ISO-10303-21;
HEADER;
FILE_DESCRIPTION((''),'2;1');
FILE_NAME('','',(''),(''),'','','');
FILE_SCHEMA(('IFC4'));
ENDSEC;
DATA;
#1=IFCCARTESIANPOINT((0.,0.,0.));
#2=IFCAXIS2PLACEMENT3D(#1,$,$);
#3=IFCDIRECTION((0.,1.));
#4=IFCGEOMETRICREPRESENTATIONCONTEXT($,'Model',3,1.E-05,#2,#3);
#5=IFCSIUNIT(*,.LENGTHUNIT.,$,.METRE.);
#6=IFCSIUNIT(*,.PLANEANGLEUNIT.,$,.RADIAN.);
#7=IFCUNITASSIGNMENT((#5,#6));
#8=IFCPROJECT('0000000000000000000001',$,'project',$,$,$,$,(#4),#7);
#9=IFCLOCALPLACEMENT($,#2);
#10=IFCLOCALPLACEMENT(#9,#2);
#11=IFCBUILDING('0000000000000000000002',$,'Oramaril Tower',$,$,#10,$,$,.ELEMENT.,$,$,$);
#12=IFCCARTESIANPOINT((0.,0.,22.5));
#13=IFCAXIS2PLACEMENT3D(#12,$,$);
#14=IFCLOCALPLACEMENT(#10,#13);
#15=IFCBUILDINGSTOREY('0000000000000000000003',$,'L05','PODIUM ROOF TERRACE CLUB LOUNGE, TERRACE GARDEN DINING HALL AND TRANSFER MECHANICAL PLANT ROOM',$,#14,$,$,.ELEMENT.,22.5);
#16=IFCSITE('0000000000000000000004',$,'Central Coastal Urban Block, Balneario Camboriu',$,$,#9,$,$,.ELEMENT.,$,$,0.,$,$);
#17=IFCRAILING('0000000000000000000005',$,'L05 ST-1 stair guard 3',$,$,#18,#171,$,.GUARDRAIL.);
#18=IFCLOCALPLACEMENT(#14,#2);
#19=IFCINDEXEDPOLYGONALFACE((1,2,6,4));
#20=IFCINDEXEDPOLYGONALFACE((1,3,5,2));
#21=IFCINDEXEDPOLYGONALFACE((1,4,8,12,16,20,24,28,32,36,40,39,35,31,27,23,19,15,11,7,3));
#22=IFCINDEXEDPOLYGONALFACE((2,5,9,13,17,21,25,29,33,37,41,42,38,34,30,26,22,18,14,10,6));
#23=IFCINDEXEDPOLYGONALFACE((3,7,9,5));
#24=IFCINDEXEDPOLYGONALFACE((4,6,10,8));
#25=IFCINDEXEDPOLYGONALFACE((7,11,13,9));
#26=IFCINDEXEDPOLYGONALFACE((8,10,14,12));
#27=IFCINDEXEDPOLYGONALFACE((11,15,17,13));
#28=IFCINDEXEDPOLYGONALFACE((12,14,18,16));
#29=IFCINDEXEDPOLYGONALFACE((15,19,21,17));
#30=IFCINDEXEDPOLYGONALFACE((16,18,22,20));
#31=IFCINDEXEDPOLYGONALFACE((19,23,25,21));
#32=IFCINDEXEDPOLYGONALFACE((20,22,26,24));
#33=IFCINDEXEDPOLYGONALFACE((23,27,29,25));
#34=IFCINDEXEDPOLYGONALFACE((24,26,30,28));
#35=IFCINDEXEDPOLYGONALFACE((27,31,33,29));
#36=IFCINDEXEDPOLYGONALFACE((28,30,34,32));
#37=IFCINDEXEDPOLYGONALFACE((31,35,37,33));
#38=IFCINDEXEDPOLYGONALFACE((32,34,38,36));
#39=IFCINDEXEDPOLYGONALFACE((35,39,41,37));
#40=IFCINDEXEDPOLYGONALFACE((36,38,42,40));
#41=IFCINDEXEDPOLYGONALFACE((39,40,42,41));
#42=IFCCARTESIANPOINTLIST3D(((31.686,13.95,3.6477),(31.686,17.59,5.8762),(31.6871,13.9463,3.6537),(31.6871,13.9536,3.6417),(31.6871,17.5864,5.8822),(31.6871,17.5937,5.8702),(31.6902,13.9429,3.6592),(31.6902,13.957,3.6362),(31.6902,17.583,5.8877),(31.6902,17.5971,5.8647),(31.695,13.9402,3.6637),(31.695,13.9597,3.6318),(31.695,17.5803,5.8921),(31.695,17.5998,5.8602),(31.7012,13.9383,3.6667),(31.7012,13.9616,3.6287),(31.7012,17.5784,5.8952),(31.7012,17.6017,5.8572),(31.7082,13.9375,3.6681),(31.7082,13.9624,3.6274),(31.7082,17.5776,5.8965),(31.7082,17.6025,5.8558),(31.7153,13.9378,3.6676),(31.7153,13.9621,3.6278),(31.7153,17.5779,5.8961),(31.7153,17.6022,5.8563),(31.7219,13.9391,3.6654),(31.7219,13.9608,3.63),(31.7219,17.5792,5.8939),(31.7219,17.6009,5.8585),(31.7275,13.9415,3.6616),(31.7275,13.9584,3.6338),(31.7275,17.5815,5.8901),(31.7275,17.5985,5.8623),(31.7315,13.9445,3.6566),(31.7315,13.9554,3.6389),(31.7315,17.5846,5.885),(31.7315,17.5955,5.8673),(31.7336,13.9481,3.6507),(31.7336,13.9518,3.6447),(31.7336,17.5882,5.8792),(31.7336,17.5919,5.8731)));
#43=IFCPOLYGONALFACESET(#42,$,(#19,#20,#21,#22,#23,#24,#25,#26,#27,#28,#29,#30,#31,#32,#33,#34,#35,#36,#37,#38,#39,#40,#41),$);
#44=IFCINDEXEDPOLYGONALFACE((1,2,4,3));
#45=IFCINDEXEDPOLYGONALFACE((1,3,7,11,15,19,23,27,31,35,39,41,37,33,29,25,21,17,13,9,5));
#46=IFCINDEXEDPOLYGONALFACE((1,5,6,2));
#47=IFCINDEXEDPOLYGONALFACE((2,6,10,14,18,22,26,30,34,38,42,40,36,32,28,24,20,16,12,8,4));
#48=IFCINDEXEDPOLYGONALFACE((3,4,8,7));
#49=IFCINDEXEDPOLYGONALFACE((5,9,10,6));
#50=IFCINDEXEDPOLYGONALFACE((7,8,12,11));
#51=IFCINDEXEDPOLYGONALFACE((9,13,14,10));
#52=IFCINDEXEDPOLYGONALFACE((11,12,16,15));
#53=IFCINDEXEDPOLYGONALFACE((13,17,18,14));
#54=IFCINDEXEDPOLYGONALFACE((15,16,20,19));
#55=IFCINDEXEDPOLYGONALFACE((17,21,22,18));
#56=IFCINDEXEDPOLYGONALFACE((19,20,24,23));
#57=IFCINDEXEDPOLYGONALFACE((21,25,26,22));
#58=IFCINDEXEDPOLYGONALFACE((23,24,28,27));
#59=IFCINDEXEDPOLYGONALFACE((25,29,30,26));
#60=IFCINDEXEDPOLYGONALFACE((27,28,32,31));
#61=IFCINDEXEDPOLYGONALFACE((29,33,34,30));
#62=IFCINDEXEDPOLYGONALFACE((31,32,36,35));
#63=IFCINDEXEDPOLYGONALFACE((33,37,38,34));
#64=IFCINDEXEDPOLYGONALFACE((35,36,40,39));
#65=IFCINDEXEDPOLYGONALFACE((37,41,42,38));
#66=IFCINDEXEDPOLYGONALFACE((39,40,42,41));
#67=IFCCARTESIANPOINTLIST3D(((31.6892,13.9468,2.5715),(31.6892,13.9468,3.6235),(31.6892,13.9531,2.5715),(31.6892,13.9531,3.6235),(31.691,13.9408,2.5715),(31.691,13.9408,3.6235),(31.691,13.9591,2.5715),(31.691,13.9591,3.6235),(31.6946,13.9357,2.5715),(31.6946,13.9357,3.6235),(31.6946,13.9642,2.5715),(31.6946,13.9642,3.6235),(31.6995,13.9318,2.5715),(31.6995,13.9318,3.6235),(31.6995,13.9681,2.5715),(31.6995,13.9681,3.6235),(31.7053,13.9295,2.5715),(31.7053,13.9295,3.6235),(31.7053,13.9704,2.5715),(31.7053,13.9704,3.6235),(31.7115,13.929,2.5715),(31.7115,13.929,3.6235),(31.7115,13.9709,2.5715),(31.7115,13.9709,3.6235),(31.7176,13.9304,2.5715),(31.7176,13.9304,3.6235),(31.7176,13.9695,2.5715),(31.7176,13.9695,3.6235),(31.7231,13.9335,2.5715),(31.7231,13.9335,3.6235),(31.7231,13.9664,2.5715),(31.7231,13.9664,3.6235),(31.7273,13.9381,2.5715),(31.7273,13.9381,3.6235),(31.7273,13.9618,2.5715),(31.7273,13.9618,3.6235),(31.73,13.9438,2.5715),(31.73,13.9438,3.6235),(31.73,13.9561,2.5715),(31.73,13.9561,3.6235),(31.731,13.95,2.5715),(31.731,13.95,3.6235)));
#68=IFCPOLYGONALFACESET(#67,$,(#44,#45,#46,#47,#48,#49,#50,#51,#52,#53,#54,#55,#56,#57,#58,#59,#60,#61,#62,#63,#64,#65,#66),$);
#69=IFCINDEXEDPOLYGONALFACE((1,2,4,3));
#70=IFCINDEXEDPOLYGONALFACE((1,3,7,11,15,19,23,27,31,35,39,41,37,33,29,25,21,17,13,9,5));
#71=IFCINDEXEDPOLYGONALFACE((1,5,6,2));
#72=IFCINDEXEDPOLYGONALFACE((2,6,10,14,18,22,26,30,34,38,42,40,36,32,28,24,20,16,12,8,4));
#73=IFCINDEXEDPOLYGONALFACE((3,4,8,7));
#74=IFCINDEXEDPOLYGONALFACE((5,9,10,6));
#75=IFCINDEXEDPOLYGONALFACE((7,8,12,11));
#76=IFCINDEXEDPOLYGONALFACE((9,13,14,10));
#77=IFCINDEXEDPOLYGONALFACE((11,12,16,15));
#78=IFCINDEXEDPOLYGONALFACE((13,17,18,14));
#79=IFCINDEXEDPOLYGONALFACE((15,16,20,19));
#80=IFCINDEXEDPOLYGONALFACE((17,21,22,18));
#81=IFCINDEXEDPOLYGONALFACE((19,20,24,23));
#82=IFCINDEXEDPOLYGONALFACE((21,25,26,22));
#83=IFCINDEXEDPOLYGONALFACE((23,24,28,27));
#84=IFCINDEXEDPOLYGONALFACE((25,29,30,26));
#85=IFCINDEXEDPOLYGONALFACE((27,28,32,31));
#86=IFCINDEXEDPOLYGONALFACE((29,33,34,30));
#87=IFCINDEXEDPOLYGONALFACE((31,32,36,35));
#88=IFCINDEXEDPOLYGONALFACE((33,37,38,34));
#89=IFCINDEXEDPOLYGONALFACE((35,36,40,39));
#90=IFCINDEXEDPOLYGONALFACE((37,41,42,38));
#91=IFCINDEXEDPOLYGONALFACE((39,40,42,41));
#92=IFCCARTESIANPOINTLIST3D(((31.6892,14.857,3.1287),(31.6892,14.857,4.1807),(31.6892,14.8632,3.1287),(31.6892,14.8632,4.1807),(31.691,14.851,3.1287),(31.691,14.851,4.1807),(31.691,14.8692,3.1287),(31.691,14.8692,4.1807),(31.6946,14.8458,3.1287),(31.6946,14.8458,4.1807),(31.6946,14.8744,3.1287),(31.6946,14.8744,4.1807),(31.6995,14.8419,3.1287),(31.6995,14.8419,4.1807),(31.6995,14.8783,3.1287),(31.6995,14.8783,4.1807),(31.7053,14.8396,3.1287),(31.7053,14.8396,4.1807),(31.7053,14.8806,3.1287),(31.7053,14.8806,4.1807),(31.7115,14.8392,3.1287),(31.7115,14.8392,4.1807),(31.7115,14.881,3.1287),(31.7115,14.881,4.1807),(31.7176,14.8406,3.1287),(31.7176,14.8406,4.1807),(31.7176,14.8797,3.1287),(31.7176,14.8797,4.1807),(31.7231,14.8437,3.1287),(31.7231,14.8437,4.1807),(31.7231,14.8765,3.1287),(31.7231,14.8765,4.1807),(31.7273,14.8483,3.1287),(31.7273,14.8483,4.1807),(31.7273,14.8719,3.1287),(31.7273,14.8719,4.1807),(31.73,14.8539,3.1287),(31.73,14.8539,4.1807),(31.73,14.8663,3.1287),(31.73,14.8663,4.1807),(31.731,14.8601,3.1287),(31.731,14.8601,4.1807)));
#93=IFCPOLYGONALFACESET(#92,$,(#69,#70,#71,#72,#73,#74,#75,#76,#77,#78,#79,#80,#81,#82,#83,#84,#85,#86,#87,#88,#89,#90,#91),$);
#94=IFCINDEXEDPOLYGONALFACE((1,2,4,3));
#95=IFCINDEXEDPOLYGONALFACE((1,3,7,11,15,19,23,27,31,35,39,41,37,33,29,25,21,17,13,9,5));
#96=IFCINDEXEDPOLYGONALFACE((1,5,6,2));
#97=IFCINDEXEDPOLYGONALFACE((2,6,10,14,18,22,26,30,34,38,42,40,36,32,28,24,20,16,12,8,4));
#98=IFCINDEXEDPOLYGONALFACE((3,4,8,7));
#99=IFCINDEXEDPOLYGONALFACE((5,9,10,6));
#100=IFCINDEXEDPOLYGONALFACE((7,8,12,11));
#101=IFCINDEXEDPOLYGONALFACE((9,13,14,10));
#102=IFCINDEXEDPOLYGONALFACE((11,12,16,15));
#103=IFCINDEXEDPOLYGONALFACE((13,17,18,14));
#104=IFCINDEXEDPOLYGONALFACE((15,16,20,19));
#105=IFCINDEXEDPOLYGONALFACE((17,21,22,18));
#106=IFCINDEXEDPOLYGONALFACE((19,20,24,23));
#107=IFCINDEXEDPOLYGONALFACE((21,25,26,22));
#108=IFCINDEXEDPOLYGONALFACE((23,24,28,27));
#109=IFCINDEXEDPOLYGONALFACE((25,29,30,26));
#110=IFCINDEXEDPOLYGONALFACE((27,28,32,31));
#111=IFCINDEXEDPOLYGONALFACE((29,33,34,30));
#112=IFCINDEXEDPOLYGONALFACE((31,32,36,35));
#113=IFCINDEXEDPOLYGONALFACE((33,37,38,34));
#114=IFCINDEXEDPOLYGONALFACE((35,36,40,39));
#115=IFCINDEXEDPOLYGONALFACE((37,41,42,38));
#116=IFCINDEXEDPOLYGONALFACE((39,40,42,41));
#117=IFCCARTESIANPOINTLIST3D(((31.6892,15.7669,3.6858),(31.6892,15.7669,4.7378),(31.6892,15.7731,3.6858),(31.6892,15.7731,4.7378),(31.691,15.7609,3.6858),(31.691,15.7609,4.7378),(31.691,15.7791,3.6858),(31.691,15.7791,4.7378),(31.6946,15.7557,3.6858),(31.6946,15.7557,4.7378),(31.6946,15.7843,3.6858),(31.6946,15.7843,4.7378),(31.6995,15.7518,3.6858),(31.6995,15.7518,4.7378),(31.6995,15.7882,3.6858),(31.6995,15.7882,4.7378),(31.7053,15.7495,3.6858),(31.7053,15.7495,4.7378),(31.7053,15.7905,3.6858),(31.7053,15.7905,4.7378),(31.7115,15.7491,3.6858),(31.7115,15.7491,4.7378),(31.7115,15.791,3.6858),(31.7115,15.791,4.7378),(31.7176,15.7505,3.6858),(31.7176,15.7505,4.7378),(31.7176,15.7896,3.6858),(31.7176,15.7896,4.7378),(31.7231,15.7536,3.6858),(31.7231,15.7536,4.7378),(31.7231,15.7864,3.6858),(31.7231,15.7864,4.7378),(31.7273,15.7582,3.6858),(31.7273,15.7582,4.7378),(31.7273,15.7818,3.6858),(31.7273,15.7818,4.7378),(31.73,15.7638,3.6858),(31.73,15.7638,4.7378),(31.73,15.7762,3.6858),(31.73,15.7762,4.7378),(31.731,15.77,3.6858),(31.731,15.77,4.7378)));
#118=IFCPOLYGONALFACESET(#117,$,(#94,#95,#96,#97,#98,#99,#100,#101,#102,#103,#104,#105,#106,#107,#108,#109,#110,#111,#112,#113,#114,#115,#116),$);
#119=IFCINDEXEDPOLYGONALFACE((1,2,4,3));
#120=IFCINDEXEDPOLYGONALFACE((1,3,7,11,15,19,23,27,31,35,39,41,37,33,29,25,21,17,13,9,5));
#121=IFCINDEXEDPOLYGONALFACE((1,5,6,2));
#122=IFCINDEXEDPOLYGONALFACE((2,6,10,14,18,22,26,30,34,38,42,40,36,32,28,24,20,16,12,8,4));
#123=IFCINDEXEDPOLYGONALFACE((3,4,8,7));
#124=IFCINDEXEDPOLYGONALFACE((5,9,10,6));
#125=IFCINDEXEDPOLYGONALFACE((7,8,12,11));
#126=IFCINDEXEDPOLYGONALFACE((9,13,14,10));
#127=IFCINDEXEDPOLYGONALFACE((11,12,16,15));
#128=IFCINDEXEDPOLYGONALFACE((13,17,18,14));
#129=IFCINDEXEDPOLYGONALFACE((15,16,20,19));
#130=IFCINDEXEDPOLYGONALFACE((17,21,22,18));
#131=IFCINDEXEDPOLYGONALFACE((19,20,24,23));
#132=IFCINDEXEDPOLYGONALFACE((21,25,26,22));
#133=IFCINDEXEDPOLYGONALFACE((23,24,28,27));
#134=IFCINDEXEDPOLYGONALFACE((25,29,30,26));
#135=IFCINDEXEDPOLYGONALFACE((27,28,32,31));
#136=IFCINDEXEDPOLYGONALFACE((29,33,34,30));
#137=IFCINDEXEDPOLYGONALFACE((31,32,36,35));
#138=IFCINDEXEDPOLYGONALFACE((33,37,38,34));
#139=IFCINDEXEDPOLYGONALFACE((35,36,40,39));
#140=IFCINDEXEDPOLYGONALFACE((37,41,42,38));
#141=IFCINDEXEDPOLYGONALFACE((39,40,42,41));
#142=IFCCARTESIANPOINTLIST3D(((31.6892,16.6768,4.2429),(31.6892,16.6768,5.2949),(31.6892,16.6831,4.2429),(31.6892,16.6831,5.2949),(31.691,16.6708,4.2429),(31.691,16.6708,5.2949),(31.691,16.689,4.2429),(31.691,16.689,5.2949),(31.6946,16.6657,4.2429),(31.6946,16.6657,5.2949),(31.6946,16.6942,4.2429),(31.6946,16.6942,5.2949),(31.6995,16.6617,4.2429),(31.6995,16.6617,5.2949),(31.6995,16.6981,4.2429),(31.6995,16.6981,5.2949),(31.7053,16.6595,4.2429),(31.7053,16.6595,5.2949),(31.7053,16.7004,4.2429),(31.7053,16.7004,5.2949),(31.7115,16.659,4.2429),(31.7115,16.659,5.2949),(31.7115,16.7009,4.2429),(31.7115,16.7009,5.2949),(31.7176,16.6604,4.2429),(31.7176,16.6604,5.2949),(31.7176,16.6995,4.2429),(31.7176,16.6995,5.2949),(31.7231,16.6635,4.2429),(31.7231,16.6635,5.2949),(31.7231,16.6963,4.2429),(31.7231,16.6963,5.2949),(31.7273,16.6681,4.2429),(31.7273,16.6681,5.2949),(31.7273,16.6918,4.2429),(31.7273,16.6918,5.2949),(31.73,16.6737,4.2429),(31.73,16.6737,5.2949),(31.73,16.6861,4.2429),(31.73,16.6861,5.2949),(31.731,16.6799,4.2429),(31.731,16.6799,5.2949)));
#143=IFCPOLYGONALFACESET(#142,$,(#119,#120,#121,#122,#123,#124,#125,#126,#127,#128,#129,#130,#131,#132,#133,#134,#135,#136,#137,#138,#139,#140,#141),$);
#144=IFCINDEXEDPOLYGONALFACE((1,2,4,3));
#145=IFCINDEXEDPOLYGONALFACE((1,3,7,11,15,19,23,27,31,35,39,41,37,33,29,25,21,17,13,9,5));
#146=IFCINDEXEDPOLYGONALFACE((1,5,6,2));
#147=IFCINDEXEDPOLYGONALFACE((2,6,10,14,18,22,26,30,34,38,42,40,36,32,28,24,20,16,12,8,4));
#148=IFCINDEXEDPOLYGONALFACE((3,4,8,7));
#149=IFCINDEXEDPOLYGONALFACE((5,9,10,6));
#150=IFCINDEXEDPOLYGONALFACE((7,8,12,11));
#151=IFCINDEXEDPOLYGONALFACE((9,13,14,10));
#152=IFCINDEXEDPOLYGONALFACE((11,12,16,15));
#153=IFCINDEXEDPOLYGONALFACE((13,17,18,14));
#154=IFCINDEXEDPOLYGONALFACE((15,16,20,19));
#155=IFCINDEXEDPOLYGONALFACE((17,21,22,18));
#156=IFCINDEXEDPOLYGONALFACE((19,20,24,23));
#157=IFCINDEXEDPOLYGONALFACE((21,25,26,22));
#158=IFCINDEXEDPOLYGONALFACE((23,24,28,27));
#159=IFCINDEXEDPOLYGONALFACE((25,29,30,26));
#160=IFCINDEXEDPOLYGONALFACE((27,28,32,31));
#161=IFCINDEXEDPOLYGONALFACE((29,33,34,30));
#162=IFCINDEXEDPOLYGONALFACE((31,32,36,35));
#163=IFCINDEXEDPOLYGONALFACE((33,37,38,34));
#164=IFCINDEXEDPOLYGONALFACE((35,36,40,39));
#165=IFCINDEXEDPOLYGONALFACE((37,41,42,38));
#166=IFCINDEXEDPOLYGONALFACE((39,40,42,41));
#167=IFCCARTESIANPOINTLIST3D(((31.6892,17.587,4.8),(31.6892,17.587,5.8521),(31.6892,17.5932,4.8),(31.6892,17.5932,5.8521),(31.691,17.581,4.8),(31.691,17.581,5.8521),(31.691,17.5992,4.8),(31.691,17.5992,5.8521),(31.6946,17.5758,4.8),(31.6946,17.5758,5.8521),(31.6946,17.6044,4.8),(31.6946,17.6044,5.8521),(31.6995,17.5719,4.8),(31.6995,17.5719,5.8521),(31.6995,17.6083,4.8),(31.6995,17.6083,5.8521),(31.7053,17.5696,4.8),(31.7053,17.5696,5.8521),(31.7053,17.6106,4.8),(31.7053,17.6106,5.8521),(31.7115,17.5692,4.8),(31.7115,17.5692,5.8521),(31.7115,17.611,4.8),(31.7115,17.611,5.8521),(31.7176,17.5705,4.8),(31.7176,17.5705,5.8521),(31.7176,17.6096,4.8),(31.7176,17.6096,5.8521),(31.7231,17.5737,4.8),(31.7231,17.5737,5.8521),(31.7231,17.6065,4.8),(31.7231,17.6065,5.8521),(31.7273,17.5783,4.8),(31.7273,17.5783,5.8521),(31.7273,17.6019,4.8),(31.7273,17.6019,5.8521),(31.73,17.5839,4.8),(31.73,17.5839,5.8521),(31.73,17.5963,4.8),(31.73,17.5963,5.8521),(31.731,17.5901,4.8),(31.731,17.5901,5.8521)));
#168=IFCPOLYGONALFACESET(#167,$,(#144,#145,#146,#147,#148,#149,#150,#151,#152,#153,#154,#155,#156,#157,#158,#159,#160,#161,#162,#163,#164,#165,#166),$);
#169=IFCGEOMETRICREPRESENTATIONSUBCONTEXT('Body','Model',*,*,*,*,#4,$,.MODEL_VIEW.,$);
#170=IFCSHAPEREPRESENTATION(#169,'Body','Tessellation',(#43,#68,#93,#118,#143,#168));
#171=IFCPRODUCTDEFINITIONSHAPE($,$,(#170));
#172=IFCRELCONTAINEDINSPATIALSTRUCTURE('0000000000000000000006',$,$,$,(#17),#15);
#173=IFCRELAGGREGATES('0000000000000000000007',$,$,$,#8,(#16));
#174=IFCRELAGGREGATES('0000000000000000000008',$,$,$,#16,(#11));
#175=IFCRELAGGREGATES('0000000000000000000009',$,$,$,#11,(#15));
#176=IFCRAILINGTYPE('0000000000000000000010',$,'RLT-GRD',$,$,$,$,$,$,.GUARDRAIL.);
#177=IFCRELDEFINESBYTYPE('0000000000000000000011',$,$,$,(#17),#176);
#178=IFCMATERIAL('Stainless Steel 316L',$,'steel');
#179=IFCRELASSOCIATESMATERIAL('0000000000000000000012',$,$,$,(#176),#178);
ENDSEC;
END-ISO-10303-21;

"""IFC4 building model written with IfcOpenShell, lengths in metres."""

from ifc_helpers import new_model, si_unit, direction, frame, origin, origin_2d, place, context, subcontext, project, spatial, circle, extrude, material, type_object, element, save


model = new_model("IFC4")

# Units and contexts
model_context = context("Model", 3, precision=1e-05, world=origin(), true_north=direction((0.0, 1.0)))
body_context = subcontext(model_context, "Body", "Model", "MODEL_VIEW")
ifc_project = project(units=[si_unit("LENGTHUNIT", "METRE"), si_unit("PLANEANGLEUNIT", "RADIAN")], contexts=[model_context])

# Site, building, storey
site_placement = place(None, origin())
site = spatial("IfcSite", under=ifc_project, at=site_placement, Name="Central Coastal Urban Block, Balneario Camboriu", CompositionType="ELEMENT", RefElevation=0.0)
building_placement = place(site_placement, origin())
building = spatial("IfcBuilding", under=site, at=building_placement, Name="Oramaril Tower", CompositionType="ELEMENT")
storey_placement = place(building_placement, frame((0.0, 0.0, 22.5)))
storey = spatial("IfcBuildingStorey", under=building, at=storey_placement, Name="L05", Description="PODIUM ROOF TERRACE CLUB LOUNGE, TERRACE GARDEN DINING HALL AND TRANSFER MECHANICAL PLANT ROOM", CompositionType="ELEMENT", Elevation=22.5)

# Railing
ifc_material_1 = material(Name="Stainless Steel 316L", Category="steel")
railing_type_1 = type_object("IfcRailingType", Name="RLT-GRD", PredefinedType="GUARDRAIL", material=ifc_material_1)
railing_1_placement = place(storey_placement, frame((31.71, 13.95, 2.5715)))
element("IfcRailing", 1, at=railing_1_placement, inside=storey, type_object=railing_type_1, Name="L05 ST-1 stair guard 3", PredefinedType="GUARDRAIL", context=body_context, shape_type="SweptSolid", body=[
    extrude(circle(Radius=0.0239, at=origin_2d()), frame((0.0, 0.0, 1.0762), z_axis=(0.0, 0.852866, 0.52213), x_axis=(-1.0, 0.0, 0.0)), (0.0, 0.0, 1.0), 4.2681),
    extrude(circle(Radius=0.021, at=origin_2d()), origin(), (0.0, 0.0, 1.0), 1.052),
    extrude(circle(Radius=0.021, at=origin_2d()), frame((0.0, 0.9102, 0.5571)), (0.0, 0.0, 1.0), 1.052),
    extrude(circle(Radius=0.021, at=origin_2d()), frame((0.0, 1.8201, 1.1143)), (0.0, 0.0, 1.0), 1.052),
    extrude(circle(Radius=0.021, at=origin_2d()), frame((0.0, 2.73, 1.6714)), (0.0, 0.0, 1.0), 1.052),
    extrude(circle(Radius=0.021, at=origin_2d()), frame((0.0, 3.6401, 2.2285)), (0.0, 0.0, 1.0), 1.052),
])

save(model, "model.ifc")
